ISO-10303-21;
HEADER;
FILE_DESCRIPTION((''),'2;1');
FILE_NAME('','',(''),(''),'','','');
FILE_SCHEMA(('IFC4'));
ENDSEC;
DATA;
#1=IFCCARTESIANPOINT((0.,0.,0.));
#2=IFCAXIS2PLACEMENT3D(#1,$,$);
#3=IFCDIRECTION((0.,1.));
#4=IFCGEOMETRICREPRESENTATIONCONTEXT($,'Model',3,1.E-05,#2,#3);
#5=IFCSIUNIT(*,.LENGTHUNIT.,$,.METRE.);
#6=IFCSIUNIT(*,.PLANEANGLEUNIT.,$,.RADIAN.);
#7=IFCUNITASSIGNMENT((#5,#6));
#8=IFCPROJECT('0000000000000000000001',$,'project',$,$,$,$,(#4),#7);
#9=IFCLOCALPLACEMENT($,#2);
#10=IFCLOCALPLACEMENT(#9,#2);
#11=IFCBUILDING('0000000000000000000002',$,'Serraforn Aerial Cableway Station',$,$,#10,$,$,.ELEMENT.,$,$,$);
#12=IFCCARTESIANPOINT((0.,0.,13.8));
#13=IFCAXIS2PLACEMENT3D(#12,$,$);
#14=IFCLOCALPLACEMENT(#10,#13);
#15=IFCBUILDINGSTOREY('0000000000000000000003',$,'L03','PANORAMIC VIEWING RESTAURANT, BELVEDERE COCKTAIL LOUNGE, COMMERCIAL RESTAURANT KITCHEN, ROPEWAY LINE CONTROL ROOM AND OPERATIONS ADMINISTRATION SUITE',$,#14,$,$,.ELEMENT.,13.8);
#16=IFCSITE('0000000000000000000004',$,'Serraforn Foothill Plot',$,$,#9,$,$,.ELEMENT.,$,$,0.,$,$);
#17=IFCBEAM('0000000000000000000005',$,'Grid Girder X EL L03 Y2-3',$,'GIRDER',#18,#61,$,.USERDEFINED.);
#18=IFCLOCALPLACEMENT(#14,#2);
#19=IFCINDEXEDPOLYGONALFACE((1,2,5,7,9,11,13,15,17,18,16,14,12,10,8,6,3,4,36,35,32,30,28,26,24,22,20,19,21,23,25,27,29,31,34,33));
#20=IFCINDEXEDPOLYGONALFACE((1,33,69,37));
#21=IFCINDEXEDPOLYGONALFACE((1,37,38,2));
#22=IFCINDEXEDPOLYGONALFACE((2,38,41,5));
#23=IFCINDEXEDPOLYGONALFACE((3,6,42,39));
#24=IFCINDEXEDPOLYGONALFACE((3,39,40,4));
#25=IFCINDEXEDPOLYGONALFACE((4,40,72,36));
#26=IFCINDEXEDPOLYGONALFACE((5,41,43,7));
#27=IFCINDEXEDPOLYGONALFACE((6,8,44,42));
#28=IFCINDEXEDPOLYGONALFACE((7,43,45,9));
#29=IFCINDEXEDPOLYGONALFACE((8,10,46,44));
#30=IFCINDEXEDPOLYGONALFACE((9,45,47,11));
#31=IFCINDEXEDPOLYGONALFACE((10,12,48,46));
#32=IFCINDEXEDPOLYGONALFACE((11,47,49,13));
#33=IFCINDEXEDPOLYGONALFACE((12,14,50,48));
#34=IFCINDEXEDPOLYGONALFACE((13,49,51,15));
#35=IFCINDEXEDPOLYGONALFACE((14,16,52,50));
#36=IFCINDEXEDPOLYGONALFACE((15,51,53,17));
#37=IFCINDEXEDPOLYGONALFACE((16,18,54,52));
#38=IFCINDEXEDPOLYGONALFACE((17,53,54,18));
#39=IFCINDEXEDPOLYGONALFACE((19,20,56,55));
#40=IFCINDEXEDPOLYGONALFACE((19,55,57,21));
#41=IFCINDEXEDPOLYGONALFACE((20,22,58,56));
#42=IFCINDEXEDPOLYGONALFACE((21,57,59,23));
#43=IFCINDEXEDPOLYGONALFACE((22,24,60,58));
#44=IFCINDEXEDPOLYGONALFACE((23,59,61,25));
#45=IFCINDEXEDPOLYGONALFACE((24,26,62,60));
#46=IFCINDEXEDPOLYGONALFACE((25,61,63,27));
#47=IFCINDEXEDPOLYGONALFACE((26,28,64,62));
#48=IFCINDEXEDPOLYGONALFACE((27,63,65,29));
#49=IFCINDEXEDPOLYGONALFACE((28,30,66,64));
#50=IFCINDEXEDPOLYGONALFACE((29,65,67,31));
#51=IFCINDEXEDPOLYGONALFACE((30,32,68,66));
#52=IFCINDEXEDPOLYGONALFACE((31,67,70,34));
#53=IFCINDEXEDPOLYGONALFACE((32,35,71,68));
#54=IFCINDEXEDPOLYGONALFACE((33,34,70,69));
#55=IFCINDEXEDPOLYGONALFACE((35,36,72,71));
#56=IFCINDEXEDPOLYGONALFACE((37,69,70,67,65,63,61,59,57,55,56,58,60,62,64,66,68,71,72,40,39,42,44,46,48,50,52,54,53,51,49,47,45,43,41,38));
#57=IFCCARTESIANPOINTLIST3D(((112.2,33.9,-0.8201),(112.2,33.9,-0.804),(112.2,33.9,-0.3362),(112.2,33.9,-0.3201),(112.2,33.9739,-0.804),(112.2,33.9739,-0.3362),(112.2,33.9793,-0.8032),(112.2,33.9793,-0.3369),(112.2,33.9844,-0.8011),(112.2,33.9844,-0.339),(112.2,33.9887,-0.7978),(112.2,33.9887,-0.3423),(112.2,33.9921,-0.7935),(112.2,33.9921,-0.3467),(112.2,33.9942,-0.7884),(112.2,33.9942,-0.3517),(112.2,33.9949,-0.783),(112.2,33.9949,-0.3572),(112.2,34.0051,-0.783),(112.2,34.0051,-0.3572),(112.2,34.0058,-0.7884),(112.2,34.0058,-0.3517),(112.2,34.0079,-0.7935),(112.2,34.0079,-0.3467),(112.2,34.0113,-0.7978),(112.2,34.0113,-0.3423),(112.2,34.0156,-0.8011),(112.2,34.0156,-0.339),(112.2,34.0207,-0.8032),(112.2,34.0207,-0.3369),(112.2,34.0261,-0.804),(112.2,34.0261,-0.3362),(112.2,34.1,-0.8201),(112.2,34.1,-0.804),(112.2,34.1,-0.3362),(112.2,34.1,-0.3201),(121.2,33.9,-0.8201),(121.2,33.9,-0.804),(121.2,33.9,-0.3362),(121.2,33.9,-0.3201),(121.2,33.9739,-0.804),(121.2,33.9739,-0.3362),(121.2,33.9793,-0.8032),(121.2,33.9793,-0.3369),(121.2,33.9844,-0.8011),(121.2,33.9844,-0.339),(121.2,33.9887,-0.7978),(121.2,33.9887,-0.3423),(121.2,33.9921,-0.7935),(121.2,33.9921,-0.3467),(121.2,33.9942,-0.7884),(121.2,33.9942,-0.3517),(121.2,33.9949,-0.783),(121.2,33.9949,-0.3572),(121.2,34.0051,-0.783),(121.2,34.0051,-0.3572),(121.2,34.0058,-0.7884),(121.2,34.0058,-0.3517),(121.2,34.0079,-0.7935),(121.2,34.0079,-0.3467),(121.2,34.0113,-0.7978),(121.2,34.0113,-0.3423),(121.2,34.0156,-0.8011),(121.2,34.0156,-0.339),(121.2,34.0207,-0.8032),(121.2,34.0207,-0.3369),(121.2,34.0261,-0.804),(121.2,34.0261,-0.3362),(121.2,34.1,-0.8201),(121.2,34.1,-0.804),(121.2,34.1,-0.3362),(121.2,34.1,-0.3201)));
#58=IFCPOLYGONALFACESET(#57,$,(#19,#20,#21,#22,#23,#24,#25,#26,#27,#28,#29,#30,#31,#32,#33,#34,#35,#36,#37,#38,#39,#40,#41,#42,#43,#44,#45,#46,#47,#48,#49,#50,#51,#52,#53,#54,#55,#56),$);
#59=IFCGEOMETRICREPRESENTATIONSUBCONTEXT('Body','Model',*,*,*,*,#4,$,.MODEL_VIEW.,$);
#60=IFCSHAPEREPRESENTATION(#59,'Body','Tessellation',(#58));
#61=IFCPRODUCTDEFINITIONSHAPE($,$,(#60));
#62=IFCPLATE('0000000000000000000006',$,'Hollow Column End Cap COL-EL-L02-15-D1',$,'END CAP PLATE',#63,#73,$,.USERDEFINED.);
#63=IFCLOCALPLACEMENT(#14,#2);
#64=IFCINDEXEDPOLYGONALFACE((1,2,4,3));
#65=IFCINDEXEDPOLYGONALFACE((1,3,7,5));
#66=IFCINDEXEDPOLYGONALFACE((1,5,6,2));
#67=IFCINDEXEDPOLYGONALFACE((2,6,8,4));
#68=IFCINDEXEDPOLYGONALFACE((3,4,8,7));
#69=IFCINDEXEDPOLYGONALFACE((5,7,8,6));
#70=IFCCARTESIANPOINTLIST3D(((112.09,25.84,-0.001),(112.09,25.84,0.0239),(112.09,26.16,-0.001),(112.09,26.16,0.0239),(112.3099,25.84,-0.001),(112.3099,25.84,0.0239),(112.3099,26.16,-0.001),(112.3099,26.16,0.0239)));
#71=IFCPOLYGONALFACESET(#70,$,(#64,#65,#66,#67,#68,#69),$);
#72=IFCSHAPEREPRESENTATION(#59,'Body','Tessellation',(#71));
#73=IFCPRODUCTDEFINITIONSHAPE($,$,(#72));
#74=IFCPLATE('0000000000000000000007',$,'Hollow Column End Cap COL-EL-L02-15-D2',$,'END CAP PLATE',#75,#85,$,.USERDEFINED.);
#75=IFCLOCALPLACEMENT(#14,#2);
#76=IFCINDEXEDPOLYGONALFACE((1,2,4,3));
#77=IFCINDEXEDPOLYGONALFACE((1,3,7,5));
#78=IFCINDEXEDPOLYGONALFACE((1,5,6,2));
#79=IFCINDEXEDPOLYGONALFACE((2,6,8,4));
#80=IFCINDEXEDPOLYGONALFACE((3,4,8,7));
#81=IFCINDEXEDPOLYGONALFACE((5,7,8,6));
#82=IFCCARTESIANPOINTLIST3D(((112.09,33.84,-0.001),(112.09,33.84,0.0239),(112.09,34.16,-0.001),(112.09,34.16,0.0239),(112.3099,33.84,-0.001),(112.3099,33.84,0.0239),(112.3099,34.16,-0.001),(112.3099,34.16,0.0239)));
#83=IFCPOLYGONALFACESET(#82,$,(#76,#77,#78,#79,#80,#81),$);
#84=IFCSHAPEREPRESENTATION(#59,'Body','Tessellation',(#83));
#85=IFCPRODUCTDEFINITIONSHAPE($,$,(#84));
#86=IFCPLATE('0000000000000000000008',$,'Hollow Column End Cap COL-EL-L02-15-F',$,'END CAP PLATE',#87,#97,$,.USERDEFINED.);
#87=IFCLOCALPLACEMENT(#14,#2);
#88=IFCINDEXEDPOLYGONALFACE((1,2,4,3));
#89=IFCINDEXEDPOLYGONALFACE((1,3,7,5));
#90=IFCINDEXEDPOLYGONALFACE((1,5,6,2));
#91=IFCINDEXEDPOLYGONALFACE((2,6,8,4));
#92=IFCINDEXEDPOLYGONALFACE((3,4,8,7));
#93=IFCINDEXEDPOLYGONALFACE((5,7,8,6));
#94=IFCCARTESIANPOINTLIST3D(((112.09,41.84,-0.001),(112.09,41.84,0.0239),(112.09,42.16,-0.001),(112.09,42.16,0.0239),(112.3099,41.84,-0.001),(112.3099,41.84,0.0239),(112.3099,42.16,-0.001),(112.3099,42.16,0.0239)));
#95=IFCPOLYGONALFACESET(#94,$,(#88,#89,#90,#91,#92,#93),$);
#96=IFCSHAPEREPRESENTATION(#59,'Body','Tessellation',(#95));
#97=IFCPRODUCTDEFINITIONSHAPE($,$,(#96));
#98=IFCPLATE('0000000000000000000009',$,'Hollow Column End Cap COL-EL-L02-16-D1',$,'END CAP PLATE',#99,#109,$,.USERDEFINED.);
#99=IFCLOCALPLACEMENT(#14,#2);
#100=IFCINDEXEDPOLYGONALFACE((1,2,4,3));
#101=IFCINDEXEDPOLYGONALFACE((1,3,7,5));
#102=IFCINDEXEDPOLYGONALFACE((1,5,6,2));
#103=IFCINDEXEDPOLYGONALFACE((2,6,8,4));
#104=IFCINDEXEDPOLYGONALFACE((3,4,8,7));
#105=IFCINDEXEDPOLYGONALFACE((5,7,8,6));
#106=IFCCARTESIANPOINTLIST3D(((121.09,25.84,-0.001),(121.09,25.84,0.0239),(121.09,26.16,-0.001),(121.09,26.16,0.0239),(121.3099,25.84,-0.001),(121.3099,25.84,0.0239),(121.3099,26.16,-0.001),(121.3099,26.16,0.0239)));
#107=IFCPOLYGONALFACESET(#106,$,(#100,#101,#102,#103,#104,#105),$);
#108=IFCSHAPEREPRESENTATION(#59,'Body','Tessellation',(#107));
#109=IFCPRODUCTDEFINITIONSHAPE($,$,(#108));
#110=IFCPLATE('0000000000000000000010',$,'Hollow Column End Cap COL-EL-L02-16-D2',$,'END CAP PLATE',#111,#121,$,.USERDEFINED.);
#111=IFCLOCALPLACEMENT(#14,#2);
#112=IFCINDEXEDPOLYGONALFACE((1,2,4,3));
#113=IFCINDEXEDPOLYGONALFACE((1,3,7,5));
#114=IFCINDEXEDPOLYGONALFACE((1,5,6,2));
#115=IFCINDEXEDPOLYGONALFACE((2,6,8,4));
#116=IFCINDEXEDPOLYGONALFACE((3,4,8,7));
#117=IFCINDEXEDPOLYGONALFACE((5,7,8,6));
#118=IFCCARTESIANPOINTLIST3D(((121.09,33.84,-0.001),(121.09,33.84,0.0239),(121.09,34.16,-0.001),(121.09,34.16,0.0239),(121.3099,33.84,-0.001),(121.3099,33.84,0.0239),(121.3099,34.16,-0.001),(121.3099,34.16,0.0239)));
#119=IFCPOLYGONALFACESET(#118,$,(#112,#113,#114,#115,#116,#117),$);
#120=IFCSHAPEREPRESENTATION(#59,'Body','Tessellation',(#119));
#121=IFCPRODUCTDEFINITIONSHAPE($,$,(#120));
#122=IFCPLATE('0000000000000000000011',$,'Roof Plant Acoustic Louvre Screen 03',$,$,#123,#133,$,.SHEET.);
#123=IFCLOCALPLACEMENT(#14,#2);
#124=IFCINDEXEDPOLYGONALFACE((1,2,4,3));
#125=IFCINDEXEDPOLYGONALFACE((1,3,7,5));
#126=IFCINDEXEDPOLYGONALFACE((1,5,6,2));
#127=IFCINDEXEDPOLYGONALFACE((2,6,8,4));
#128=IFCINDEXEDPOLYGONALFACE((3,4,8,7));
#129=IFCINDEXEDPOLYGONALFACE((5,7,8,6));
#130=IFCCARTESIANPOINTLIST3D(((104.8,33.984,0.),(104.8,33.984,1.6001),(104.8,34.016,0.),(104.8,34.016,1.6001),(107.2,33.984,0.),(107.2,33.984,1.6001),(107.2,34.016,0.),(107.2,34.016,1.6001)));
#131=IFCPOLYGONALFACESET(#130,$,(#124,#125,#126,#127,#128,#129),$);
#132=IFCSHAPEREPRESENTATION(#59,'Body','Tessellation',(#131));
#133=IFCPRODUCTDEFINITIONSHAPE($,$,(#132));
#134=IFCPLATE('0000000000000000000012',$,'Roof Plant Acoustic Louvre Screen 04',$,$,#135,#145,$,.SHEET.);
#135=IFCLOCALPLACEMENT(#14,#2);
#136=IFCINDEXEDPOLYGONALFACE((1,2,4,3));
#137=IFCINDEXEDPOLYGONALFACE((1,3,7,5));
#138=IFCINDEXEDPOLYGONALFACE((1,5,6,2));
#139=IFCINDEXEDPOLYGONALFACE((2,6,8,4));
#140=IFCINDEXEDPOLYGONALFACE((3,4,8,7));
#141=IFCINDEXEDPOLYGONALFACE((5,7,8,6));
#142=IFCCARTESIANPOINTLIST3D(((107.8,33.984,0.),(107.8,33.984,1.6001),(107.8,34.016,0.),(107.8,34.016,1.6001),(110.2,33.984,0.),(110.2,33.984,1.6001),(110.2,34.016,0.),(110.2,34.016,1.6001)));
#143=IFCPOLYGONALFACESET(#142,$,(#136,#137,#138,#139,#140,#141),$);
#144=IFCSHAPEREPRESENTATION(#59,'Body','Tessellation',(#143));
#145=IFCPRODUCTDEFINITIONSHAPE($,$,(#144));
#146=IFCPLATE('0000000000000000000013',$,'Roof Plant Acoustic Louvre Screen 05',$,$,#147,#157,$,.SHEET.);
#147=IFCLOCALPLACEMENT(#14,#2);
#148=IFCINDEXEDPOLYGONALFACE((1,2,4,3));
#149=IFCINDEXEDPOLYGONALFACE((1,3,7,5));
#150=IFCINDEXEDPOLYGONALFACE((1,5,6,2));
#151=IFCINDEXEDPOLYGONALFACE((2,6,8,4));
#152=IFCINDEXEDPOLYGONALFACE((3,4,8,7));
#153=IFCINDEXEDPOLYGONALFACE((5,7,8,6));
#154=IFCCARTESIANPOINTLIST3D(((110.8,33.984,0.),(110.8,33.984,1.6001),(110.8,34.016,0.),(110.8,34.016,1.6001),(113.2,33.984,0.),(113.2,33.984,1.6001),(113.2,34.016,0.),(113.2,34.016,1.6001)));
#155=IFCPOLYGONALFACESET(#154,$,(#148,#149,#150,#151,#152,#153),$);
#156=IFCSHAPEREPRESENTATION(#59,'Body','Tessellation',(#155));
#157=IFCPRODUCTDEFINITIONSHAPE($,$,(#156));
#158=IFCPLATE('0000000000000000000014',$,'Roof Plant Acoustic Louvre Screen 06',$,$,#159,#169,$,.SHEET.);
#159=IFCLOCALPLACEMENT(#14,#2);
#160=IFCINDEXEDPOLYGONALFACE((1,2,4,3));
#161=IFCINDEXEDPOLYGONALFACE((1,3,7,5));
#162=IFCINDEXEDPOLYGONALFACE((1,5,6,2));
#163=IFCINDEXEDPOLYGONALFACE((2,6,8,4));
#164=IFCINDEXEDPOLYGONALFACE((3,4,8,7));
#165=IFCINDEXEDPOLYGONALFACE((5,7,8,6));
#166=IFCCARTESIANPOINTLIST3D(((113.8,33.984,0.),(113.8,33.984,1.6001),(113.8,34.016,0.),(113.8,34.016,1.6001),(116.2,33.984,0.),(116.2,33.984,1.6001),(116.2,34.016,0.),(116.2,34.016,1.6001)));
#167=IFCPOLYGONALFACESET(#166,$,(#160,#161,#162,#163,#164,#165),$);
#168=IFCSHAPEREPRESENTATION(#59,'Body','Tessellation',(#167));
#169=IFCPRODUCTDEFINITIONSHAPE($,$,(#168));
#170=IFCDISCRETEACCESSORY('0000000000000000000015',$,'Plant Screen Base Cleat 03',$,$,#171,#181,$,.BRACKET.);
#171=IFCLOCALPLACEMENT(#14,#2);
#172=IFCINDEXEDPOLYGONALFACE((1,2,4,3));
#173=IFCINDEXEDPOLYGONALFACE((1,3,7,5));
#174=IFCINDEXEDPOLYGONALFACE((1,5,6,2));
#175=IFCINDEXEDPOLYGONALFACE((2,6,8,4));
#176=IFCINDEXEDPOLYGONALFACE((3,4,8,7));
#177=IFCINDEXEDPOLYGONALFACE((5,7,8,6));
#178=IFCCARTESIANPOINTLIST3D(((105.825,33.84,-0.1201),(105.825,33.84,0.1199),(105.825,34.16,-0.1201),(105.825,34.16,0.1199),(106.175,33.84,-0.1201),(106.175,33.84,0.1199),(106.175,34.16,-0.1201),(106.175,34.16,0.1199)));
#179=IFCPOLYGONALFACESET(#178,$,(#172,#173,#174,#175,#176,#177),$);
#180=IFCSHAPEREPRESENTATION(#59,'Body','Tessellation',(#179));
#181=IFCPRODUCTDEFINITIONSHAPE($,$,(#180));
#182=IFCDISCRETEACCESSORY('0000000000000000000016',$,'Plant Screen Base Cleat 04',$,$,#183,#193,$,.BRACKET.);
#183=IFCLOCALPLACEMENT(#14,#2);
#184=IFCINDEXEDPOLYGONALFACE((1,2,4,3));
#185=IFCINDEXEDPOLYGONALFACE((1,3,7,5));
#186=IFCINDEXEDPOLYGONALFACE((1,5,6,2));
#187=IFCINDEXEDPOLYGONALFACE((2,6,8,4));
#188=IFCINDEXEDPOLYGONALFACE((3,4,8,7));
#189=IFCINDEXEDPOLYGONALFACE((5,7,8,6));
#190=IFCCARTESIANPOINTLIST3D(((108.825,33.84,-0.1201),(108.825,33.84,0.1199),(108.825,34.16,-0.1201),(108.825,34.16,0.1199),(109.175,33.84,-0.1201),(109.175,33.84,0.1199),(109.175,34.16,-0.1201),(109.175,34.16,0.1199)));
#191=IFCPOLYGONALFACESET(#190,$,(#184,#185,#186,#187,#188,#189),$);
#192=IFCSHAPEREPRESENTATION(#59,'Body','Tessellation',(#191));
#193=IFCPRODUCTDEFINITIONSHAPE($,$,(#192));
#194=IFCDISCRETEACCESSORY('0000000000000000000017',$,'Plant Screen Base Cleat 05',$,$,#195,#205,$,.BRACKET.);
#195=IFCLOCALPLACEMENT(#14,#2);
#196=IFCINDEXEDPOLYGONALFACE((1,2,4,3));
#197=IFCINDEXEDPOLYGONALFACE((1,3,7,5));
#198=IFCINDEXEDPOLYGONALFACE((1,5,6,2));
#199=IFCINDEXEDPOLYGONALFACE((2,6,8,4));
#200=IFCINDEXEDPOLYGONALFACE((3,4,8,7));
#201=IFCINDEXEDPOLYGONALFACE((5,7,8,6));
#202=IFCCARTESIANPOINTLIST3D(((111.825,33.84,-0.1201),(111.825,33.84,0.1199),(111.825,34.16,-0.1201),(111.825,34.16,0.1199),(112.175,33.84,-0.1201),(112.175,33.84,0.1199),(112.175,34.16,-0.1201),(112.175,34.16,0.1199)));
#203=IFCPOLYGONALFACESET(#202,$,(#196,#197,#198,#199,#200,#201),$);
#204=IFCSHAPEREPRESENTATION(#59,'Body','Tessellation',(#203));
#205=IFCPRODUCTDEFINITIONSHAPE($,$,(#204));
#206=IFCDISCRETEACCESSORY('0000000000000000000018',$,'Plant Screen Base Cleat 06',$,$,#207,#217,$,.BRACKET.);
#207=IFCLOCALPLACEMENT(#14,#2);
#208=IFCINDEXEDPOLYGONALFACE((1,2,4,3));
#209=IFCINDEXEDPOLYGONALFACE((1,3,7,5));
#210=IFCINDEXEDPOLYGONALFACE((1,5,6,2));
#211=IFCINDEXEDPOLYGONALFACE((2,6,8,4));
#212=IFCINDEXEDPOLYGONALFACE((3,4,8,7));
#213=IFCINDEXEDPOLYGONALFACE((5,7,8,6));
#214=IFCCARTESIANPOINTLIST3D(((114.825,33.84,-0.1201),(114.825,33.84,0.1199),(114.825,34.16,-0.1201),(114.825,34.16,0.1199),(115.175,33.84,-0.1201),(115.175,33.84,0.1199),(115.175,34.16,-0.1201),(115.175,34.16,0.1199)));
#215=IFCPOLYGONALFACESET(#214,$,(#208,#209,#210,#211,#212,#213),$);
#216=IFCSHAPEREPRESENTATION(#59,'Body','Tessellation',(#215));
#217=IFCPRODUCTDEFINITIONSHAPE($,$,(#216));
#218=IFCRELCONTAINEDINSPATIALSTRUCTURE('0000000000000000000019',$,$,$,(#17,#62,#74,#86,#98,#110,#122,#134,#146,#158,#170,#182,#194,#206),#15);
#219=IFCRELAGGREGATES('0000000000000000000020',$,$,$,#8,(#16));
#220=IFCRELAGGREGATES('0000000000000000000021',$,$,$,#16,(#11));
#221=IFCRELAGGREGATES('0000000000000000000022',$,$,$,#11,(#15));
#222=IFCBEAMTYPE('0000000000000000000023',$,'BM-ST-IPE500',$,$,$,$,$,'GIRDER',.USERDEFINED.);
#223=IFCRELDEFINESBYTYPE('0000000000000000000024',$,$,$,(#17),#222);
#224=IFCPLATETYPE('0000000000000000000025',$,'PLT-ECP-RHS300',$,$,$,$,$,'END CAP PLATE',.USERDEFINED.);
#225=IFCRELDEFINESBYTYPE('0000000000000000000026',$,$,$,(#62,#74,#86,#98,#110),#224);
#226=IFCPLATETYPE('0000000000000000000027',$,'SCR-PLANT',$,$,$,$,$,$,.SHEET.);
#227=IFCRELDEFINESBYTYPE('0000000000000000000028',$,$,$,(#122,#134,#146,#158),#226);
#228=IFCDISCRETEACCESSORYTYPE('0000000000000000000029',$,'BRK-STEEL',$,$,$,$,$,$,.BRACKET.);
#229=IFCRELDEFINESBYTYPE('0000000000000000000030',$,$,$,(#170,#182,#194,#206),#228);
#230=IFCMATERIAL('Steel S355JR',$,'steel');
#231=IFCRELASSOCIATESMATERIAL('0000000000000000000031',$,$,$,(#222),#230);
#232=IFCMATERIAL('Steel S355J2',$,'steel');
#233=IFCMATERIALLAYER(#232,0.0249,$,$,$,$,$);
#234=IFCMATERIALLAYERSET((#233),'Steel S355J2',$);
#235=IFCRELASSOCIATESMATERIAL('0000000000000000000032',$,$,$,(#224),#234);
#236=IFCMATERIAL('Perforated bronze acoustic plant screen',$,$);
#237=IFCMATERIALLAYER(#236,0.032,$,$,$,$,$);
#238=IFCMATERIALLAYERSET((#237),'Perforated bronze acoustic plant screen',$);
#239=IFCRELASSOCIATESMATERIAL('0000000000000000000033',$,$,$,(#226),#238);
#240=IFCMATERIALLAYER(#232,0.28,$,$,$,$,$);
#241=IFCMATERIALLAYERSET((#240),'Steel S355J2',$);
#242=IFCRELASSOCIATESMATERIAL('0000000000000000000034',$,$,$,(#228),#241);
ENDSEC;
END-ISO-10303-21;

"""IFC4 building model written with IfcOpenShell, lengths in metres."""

from ifc_helpers import new_model, si_unit, direction, frame, origin, origin_2d, place, context, subcontext, project, spatial, rectangle, i_section, extrude, material, layer, layer_set, material_profile, profile_set, type_object, element, save


model = new_model("IFC4")

# Units and contexts
model_context = context("Model", 3, precision=1e-05, world=origin(), true_north=direction((0.0, 1.0)))
body_context = subcontext(model_context, "Body", "Model", "MODEL_VIEW")
ifc_project = project(units=[si_unit("LENGTHUNIT", "METRE"), si_unit("PLANEANGLEUNIT", "RADIAN")], contexts=[model_context])

# Site, building, storey
site_placement = place(None, origin())
site = spatial("IfcSite", under=ifc_project, at=site_placement, Name="Serraforn Foothill Plot", CompositionType="ELEMENT", RefElevation=0.0)
building_placement = place(site_placement, origin())
building = spatial("IfcBuilding", under=site, at=building_placement, Name="Serraforn Aerial Cableway Station", CompositionType="ELEMENT")
storey_placement = place(building_placement, frame((0.0, 0.0, 13.8)))
storey = spatial("IfcBuildingStorey", under=building, at=storey_placement, Name="L03", Description="PANORAMIC VIEWING RESTAURANT, BELVEDERE COCKTAIL LOUNGE, COMMERCIAL RESTAURANT KITCHEN, ROPEWAY LINE CONTROL ROOM AND OPERATIONS ADMINISTRATION SUITE", CompositionType="ELEMENT", Elevation=13.8)

# Beam
ifc_material_1 = material(Name="Steel S355J2", Category="steel")
ifc_material_2 = material(Name="Steel S355JR", Category="steel")
ifc_material_profile_1 = material_profile(ifc_material_2, i_section(OverallWidth=0.2, OverallDepth=0.5, WebThickness=0.0103, FlangeThickness=0.0161, FilletRadius=0.021, at=origin_2d()), Name="IPE 500")
ifc_profile_set_1 = profile_set([ifc_material_profile_1], Name="Steel S355JR")
beam_type_1 = type_object("IfcBeamType", Name="BM-ST-IPE500", ElementType="GIRDER", PredefinedType="USERDEFINED", material=ifc_profile_set_1)
beam_1_placement = place(storey_placement, frame((112.2, 34.0, -0.5701), z_axis=(1.0, 0.0, 0.0), x_axis=(0.0, 1.0, 0.0)))
element("IfcBeam", 1, at=beam_1_placement, inside=storey, type_object=beam_type_1, Name="Grid Girder X EL L03 Y2-3", ObjectType="GIRDER", PredefinedType="USERDEFINED", context=body_context, shape_type="SweptSolid", body=[
    extrude(i_section(OverallWidth=0.2, OverallDepth=0.5, WebThickness=0.0103, FlangeThickness=0.0161, FilletRadius=0.021, at=origin_2d()), origin(), (0.0, 0.0, 1.0), 9.0),
])

# Plates
ifc_layer_1 = layer(ifc_material_1, 0.0249)
ifc_layer_set_1 = layer_set([ifc_layer_1], Name="Steel S355J2")
plate_type_1 = type_object("IfcPlateType", Name="PLT-ECP-RHS300", ElementType="END CAP PLATE", PredefinedType="USERDEFINED", material=ifc_layer_set_1)
for number, where, z_axis, x_axis, name in (
    (2, (112.2, 26.0, -0.001), (0.0, 0.0, 1.0), (1.0, 0.0, 0.0), "Hollow Column End Cap COL-EL-L02-15-D1"),
    (3, (112.2, 34.0, -0.001), (0.0, 0.0, 1.0), (1.0, 0.0, 0.0), "Hollow Column End Cap COL-EL-L02-15-D2"),
    (4, (112.2, 42.0, -0.001), (0.0, 0.0, 1.0), (1.0, 0.0, 0.0), "Hollow Column End Cap COL-EL-L02-15-F"),
    (5, (121.2, 26.0, -0.001), (0.0, 0.0, 1.0), (1.0, 0.0, 0.0), "Hollow Column End Cap COL-EL-L02-16-D1"),
    (6, (121.2, 34.0, -0.001), (0.0, 0.0, 1.0), (1.0, 0.0, 0.0), "Hollow Column End Cap COL-EL-L02-16-D2"),
):
    element("IfcPlate", number, at=place(storey_placement, frame(where, z_axis=z_axis, x_axis=x_axis)), inside=storey, type_object=plate_type_1, Name=name, ObjectType="END CAP PLATE", PredefinedType="USERDEFINED", context=body_context, shape_type="SweptSolid", body=[
        extrude(rectangle(XDim=0.22, YDim=0.3201, at=origin_2d()), origin(), (0.0, 0.0, 1.0), 0.0249),
    ])
ifc_material_3 = material(Name="Perforated bronze acoustic plant screen")
ifc_layer_2 = layer(ifc_material_3, 0.032)
ifc_layer_set_2 = layer_set([ifc_layer_2], Name="Perforated bronze acoustic plant screen")
plate_type_2 = type_object("IfcPlateType", Name="SCR-PLANT", PredefinedType="SHEET", material=ifc_layer_set_2)
for number, where, z_axis, x_axis, name in (
    (7, (106.0, 34.0, 0.0), (0.0, 0.0, 1.0), (1.0, 0.0, 0.0), "Roof Plant Acoustic Louvre Screen 03"),
    (8, (109.0, 34.0, 0.0), (0.0, 0.0, 1.0), (1.0, 0.0, 0.0), "Roof Plant Acoustic Louvre Screen 04"),
    (9, (112.0, 34.0, 0.0), (0.0, 0.0, 1.0), (1.0, 0.0, 0.0), "Roof Plant Acoustic Louvre Screen 05"),
    (10, (115.0, 34.0, 0.0), (0.0, 0.0, 1.0), (1.0, 0.0, 0.0), "Roof Plant Acoustic Louvre Screen 06"),
):
    element("IfcPlate", number, at=place(storey_placement, frame(where, z_axis=z_axis, x_axis=x_axis)), inside=storey, type_object=plate_type_2, Name=name, PredefinedType="SHEET", context=body_context, shape_type="SweptSolid", body=[
        extrude(rectangle(XDim=2.3999, YDim=0.032, at=origin_2d()), origin(), (0.0, 0.0, 1.0), 1.6001),
    ])

# Discrete accessories
ifc_layer_3 = layer(ifc_material_1, 0.28)
ifc_layer_set_3 = layer_set([ifc_layer_3], Name="Steel S355J2")
discrete_accessory_type = type_object("IfcDiscreteAccessoryType", Name="BRK-STEEL", PredefinedType="BRACKET", material=ifc_layer_set_3)
for number, where, z_axis, x_axis, name in (
    (11, (106.0, 34.0, -0.1201), (0.0, 0.0, 1.0), (1.0, 0.0, 0.0), "Plant Screen Base Cleat 03"),
    (12, (109.0, 34.0, -0.1201), (0.0, 0.0, 1.0), (1.0, 0.0, 0.0), "Plant Screen Base Cleat 04"),
    (13, (112.0, 34.0, -0.1201), (0.0, 0.0, 1.0), (1.0, 0.0, 0.0), "Plant Screen Base Cleat 05"),
    (14, (115.0, 34.0, -0.1201), (0.0, 0.0, 1.0), (1.0, 0.0, 0.0), "Plant Screen Base Cleat 06"),
):
    element("IfcDiscreteAccessory", number, at=place(storey_placement, frame(where, z_axis=z_axis, x_axis=x_axis)), inside=storey, type_object=discrete_accessory_type, Name=name, PredefinedType="BRACKET", context=body_context, shape_type="SweptSolid", body=[
        extrude(rectangle(XDim=0.3501, YDim=0.3201, at=origin_2d()), origin(), (0.0, 0.0, 1.0), 0.24),
    ])

save(model, "model.ifc")
